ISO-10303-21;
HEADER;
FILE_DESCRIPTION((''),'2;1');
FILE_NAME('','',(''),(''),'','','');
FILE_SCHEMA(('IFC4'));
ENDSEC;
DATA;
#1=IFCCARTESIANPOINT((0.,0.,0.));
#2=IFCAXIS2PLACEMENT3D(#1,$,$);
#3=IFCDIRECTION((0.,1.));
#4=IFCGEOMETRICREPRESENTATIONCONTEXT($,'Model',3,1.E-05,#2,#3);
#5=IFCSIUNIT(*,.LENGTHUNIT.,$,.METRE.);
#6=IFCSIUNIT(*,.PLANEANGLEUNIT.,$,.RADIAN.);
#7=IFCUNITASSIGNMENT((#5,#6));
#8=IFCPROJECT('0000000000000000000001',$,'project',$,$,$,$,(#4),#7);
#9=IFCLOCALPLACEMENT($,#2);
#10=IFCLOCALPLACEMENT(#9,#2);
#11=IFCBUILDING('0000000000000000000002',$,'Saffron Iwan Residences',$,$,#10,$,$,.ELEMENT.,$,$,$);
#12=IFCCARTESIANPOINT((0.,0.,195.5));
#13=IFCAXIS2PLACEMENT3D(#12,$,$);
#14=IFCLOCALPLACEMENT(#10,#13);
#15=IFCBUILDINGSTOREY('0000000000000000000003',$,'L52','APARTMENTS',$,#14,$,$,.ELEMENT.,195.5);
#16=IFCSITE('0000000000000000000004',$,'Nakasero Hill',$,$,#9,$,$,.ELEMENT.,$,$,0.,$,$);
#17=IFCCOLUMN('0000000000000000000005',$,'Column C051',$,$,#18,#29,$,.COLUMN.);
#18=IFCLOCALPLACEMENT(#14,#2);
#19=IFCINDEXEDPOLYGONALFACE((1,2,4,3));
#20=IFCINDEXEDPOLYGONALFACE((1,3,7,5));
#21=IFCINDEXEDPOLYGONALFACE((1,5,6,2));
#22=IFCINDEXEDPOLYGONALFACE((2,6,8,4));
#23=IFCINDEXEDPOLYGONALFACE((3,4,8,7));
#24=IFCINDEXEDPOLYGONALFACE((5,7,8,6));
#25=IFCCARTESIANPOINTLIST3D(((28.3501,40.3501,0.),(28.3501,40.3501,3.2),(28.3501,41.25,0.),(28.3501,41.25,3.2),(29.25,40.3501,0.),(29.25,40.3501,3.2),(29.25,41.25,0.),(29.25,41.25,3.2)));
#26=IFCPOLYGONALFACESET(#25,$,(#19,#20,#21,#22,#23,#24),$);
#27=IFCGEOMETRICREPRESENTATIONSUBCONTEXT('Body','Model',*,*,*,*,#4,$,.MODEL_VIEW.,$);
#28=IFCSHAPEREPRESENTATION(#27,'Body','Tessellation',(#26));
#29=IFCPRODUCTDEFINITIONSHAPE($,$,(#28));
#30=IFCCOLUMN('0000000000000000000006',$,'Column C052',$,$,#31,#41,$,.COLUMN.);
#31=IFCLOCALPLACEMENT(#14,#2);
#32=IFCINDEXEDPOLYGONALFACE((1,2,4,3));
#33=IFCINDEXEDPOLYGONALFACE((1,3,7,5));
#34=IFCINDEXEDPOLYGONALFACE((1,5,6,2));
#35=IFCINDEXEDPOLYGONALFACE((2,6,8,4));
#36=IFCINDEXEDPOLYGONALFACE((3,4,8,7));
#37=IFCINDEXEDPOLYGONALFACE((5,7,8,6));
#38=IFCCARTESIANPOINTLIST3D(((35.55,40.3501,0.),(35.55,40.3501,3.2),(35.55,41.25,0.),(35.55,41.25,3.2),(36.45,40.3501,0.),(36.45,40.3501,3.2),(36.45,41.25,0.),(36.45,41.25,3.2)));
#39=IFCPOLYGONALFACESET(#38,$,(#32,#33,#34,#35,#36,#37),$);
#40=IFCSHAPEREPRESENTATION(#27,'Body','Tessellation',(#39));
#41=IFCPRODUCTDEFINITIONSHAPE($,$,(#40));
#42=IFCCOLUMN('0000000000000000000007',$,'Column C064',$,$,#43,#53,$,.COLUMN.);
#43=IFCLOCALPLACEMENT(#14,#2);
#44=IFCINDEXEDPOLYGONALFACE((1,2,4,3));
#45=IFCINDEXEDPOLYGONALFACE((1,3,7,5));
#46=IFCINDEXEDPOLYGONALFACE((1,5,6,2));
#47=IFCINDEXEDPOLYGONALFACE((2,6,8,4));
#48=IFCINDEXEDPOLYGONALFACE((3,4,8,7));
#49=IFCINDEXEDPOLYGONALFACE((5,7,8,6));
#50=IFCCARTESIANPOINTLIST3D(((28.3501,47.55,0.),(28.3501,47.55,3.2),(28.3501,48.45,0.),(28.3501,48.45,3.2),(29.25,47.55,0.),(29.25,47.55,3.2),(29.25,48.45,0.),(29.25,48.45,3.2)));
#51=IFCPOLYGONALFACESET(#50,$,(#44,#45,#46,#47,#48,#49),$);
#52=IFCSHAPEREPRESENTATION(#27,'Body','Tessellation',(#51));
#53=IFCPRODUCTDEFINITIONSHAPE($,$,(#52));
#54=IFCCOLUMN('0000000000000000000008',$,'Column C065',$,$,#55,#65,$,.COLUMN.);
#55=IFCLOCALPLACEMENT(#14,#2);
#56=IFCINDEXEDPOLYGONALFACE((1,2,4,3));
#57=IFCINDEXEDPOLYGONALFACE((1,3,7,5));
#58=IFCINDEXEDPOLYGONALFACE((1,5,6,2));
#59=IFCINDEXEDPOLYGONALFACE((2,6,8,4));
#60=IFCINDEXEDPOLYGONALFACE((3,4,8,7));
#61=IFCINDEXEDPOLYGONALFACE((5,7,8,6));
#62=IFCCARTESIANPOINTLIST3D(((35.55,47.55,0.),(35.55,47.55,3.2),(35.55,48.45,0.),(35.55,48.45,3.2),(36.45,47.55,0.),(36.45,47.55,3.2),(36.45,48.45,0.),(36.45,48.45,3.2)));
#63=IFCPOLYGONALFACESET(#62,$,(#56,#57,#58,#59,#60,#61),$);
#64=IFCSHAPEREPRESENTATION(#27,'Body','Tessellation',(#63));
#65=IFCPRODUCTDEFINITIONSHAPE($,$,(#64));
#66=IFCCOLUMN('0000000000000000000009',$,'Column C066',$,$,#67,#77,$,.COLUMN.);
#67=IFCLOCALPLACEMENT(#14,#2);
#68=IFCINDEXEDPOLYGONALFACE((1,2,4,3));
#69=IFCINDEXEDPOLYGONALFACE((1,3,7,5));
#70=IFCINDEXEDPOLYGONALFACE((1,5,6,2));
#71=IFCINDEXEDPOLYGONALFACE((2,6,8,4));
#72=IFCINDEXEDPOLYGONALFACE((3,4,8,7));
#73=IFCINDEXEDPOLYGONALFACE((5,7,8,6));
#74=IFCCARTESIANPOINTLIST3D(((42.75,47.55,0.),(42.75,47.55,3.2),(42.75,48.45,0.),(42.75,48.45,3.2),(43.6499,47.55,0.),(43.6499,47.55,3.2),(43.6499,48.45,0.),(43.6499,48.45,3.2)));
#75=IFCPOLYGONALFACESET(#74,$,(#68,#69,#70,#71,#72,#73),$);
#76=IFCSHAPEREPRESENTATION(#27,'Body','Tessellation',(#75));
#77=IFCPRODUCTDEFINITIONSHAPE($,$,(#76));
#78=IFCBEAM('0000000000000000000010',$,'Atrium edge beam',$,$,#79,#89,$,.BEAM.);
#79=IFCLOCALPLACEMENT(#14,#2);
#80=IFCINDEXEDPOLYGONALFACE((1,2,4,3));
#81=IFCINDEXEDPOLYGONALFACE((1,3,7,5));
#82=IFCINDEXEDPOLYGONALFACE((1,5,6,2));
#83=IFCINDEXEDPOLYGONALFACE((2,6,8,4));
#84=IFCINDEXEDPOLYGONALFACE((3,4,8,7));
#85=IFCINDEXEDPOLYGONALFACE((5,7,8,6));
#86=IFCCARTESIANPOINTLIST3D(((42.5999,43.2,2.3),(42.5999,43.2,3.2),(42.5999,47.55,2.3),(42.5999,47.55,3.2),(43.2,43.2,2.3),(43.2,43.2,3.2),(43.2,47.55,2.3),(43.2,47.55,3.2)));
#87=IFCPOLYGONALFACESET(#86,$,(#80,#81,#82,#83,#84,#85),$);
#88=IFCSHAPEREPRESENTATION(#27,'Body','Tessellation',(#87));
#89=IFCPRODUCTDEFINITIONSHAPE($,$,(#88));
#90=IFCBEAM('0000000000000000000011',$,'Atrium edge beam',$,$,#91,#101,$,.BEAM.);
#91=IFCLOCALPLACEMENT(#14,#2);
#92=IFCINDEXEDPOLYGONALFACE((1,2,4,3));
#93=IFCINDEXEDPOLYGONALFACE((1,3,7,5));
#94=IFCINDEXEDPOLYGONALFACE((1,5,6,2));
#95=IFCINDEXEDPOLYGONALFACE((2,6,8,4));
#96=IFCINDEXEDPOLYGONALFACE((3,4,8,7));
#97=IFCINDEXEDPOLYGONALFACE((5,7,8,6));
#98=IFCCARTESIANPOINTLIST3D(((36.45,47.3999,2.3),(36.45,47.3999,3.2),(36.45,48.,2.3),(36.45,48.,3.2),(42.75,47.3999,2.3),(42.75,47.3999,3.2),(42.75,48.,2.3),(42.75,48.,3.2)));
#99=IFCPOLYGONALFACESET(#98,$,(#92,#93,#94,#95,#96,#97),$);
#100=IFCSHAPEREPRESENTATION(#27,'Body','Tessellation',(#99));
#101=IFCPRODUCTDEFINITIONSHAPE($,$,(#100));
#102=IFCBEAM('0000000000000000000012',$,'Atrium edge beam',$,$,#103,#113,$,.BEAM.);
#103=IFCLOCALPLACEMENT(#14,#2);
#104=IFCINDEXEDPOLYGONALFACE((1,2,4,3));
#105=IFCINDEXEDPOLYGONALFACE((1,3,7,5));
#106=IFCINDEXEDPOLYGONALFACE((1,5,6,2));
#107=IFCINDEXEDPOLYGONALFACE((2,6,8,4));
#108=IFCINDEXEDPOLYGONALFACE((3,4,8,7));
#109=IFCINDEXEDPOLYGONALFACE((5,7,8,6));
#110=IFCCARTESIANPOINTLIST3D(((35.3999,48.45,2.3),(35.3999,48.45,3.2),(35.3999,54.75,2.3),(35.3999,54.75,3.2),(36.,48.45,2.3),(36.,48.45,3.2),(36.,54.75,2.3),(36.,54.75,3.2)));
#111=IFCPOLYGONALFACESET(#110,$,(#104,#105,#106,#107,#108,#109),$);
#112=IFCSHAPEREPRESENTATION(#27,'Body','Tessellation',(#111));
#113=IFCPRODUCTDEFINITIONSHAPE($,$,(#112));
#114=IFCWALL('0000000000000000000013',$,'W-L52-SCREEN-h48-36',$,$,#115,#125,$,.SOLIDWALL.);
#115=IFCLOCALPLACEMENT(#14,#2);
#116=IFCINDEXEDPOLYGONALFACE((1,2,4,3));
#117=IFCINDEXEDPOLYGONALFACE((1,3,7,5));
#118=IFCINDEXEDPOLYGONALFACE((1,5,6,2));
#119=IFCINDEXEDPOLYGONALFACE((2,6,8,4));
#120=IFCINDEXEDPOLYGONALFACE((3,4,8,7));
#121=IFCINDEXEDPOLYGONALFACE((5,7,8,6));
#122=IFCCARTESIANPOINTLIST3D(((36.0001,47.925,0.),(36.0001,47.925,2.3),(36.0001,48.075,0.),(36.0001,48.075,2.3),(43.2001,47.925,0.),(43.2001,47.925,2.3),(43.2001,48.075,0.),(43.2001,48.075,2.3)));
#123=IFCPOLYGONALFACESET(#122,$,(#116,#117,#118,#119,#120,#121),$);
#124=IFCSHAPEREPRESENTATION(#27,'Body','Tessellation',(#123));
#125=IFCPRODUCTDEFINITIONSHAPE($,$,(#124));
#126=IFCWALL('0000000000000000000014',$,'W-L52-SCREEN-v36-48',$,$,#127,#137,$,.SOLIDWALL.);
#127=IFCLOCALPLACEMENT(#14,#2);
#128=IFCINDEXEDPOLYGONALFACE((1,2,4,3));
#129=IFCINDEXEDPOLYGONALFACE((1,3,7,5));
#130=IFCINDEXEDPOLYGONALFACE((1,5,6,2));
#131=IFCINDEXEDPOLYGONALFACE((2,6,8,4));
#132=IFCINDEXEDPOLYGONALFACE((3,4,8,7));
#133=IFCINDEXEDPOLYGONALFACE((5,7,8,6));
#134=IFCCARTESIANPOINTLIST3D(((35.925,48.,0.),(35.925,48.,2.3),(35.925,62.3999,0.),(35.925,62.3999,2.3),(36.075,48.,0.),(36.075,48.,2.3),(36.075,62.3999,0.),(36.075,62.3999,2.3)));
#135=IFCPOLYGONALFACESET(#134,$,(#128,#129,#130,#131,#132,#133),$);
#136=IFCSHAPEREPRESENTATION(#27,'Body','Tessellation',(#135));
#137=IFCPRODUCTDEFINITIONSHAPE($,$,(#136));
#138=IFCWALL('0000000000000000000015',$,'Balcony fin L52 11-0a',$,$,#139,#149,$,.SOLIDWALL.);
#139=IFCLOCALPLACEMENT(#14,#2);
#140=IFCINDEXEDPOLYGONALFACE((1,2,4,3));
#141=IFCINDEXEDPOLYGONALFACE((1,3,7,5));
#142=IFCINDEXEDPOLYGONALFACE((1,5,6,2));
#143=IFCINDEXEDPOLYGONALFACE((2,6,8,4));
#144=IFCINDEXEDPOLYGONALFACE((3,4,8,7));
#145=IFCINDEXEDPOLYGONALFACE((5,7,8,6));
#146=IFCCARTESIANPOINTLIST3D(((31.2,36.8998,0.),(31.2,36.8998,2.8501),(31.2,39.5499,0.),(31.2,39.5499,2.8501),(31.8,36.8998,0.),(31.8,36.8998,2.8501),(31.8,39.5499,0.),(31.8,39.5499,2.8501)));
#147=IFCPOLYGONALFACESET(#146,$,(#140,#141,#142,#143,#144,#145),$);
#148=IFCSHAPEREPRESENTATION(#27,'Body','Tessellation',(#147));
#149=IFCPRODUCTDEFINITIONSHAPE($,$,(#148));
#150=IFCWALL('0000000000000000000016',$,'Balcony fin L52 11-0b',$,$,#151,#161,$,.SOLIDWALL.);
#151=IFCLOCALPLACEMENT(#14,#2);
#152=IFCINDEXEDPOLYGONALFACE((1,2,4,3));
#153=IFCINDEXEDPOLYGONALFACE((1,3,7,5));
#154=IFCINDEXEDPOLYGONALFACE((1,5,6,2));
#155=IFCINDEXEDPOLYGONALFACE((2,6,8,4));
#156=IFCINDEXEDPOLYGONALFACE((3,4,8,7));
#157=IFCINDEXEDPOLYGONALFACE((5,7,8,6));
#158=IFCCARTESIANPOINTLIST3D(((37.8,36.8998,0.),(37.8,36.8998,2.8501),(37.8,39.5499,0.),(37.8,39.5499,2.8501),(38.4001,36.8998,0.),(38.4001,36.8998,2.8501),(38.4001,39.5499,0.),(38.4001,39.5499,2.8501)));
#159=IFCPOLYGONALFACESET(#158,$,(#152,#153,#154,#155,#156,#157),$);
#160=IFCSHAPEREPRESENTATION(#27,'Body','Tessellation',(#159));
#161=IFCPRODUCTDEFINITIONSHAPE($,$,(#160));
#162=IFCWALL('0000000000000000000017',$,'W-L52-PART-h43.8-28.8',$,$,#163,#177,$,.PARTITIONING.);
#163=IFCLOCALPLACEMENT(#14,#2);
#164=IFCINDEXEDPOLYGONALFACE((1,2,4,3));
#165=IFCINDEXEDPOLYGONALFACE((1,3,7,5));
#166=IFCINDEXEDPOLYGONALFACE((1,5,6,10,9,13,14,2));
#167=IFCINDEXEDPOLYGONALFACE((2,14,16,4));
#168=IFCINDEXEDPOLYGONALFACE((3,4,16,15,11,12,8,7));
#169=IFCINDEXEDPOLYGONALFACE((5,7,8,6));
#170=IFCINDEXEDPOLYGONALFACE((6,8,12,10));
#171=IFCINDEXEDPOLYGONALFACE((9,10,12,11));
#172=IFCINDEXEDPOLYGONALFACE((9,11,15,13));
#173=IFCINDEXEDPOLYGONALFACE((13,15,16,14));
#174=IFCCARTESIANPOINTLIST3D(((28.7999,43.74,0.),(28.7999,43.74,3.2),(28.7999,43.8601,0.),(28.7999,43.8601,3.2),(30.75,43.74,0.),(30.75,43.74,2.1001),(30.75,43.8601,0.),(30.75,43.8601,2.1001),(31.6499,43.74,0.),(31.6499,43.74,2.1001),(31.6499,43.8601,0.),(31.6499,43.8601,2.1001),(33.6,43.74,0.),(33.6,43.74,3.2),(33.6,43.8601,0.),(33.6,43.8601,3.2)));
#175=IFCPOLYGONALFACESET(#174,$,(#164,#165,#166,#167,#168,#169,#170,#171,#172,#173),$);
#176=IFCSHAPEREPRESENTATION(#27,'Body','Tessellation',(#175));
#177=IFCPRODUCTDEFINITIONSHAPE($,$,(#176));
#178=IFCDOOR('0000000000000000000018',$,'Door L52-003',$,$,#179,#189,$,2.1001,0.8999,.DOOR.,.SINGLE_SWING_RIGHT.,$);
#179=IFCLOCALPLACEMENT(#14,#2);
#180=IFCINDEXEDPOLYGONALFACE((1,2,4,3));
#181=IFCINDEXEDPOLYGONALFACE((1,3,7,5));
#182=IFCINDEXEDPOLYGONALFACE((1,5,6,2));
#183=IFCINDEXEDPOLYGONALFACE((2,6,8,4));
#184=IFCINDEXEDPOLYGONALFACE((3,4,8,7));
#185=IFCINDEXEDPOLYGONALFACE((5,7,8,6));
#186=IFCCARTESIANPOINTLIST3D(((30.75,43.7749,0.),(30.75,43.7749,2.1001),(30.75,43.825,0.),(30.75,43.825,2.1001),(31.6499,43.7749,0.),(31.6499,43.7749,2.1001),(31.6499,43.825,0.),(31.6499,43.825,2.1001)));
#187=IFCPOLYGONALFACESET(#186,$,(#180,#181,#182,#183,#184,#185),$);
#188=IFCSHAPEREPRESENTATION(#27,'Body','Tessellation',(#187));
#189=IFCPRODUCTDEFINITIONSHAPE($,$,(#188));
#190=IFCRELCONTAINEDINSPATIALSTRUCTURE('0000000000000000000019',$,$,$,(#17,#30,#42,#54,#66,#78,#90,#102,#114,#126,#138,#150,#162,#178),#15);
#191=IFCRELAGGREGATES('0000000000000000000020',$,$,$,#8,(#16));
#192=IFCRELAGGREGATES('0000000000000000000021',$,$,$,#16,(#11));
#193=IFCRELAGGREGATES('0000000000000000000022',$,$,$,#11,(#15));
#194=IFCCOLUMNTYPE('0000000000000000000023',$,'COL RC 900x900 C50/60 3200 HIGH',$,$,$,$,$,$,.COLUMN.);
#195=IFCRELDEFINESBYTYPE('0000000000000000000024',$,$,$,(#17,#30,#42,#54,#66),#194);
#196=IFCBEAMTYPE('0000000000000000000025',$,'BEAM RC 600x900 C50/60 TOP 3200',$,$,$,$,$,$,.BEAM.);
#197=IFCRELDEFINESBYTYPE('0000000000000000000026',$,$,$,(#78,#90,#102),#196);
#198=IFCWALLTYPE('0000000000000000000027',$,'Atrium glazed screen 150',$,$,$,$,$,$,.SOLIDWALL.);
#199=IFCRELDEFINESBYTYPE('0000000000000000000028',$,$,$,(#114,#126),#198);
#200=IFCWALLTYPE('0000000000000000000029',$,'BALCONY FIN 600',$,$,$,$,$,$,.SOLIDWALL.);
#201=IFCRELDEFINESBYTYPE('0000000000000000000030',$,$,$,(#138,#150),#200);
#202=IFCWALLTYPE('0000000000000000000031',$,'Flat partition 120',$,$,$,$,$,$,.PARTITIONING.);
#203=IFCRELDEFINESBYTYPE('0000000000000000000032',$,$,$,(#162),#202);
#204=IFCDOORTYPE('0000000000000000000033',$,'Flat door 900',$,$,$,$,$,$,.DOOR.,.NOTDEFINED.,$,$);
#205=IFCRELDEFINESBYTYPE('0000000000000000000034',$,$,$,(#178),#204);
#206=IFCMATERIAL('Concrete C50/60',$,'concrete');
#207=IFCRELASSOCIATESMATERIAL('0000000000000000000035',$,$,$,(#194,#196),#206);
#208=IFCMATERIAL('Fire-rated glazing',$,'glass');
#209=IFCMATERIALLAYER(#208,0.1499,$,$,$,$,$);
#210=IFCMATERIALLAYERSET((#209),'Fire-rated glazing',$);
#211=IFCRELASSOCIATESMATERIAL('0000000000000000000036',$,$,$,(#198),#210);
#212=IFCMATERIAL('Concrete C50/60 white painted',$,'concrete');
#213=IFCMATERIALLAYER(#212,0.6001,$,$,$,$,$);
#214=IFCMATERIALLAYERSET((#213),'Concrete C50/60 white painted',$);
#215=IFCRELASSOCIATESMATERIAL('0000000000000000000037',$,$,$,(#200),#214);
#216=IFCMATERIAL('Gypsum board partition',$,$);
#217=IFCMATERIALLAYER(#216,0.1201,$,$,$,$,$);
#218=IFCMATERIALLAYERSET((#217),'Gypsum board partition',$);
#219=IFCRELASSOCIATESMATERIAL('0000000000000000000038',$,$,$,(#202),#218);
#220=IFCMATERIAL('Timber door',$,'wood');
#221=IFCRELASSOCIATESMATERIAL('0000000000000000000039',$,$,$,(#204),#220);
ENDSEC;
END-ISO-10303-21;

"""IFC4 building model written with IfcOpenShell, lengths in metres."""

from ifc_helpers import new_model, si_unit, direction, frame, frame_2d, origin, origin_2d, place, context, subcontext, project, spatial, rectangle, extrude, source, transform, mapped, material, layer, layer_set, material_profile, profile_set, type_object, element, fill, save


model = new_model("IFC4")

# Units and contexts
model_context = context("Model", 3, precision=1e-05, world=origin(), true_north=direction((0.0, 1.0)))
body_context = subcontext(model_context, "Body", "Model", "MODEL_VIEW")
ifc_project = project(units=[si_unit("LENGTHUNIT", "METRE"), si_unit("PLANEANGLEUNIT", "RADIAN")], contexts=[model_context])

# Site, building, storey
site_placement = place(None, origin())
site = spatial("IfcSite", under=ifc_project, at=site_placement, Name="Nakasero Hill", CompositionType="ELEMENT", RefElevation=0.0)
building_placement = place(site_placement, origin())
building = spatial("IfcBuilding", under=site, at=building_placement, Name="Saffron Iwan Residences", CompositionType="ELEMENT")
storey_placement = place(building_placement, frame((0.0, 0.0, 195.5)))
storey = spatial("IfcBuildingStorey", under=building, at=storey_placement, Name="L52", Description="APARTMENTS", CompositionType="ELEMENT", Elevation=195.5)

# Columns
ifc_material_1 = material(Name="Concrete C50/60", Category="concrete")
ifc_material_profile_1 = material_profile(ifc_material_1, rectangle(XDim=0.8999, YDim=0.8999, at=origin_2d()), Name="RC 900x900")
ifc_profile_set_1 = profile_set([ifc_material_profile_1], Name="Concrete C50/60")
column_type = type_object("IfcColumnType", Name="COL RC 900x900 C50/60 3200 HIGH", PredefinedType="COLUMN", material=ifc_profile_set_1)
shared_shape_1 = source(origin(), body_context, "Body", "SweptSolid", [
    extrude(rectangle(XDim=0.8999, YDim=0.8999, at=origin_2d()), origin(), (0.0, 0.0, 1.0), 3.2),
])
for number, where, z_axis, x_axis, name in (
    (1, (28.8, 40.8, 0.0), (0.0, 0.0, 1.0), (1.0, 0.0, 0.0), "Column C051"),
    (2, (36.0, 40.8, 0.0), (0.0, 0.0, 1.0), (1.0, 0.0, 0.0), "Column C052"),
    (3, (28.8, 48.0, 0.0), (0.0, 0.0, 1.0), (1.0, 0.0, 0.0), "Column C064"),
    (4, (36.0, 48.0, 0.0), (0.0, 0.0, 1.0), (1.0, 0.0, 0.0), "Column C065"),
    (5, (43.2, 48.0, 0.0), (0.0, 0.0, 1.0), (1.0, 0.0, 0.0), "Column C066"),
):
    element("IfcColumn", number, at=place(storey_placement, frame(where, z_axis=z_axis, x_axis=x_axis)), inside=storey, type_object=column_type, Name=name, PredefinedType="COLUMN", context=body_context, shape_type="MappedRepresentation", body=[
        mapped(shared_shape_1, transform((0.0, 0.0, 0.0))),
    ])

# Beams
ifc_material_profile_2 = material_profile(ifc_material_1, rectangle(XDim=0.6001, YDim=0.8999, at=origin_2d()), Name="RC 600x900")
ifc_profile_set_2 = profile_set([ifc_material_profile_2], Name="Concrete C50/60")
beam_type = type_object("IfcBeamType", Name="BEAM RC 600x900 C50/60 TOP 3200", PredefinedType="BEAM", material=ifc_profile_set_2)
shared_shape_2 = source(origin(), body_context, "Body", "SweptSolid", [
    extrude(rectangle(XDim=0.6001, YDim=0.8999, at=origin_2d()), origin(), (0.0, 0.0, 1.0), 4.3501),
])
beam_placement = place(storey_placement, frame((42.8999, 43.2, 2.75), z_axis=(0.0, 1.0, 0.0), x_axis=(-1.0, 0.0, 0.0)))
element("IfcBeam", 6, at=beam_placement, inside=storey, type_object=beam_type, Name="Atrium edge beam", PredefinedType="BEAM", context=body_context, shape_type="MappedRepresentation", body=[
    mapped(shared_shape_2, transform((0.0, 0.0, 0.0))),
])
shared_shape_3 = source(origin(), body_context, "Body", "SweptSolid", [
    extrude(rectangle(XDim=0.6001, YDim=0.8999, at=origin_2d()), origin(), (0.0, 0.0, 1.0), 6.3),
])
for number, where, z_axis, x_axis, name in (
    (7, (42.75, 47.7, 2.75), (-1.0, 0.0, 0.0), (0.0, -1.0, 0.0), "Atrium edge beam"),
    (8, (35.7, 48.45, 2.75), (0.0, 1.0, 0.0), (-1.0, 0.0, 0.0), "Atrium edge beam"),
):
    element("IfcBeam", number, at=place(storey_placement, frame(where, z_axis=z_axis, x_axis=x_axis)), inside=storey, type_object=beam_type, Name=name, PredefinedType="BEAM", context=body_context, shape_type="MappedRepresentation", body=[
        mapped(shared_shape_3, transform((0.0, 0.0, 0.0))),
    ])

# Walls
ifc_material_2 = material(Name="Fire-rated glazing", Category="glass")
ifc_layer_1 = layer(ifc_material_2, 0.1499)
ifc_layer_set_1 = layer_set([ifc_layer_1], Name="Fire-rated glazing")
wall_type_1 = type_object("IfcWallType", Name="Atrium glazed screen 150", PredefinedType="SOLIDWALL", material=ifc_layer_set_1)
wall_1_placement = place(storey_placement, frame((36.0, 48.0, 0.0), z_axis=(0.0, 0.0, 1.0), x_axis=(1.0, 0.0, 0.0)))
element("IfcWall", 9, at=wall_1_placement, inside=storey, type_object=wall_type_1, Name="W-L52-SCREEN-h48-36", PredefinedType="SOLIDWALL", context=body_context, shape_type="SweptSolid", body=[
    extrude(rectangle(XDim=7.2, YDim=0.1499, at=frame_2d((3.6001, 0.0))), origin(), (0.0, 0.0, 1.0), 2.3),
])
wall_2_placement = place(storey_placement, frame((36.0, 48.0, 0.0), z_axis=(0.0, 0.0, 1.0), x_axis=(0.0, 1.0, 0.0)))
element("IfcWall", 10, at=wall_2_placement, inside=storey, type_object=wall_type_1, Name="W-L52-SCREEN-v36-48", PredefinedType="SOLIDWALL", context=body_context, shape_type="SweptSolid", body=[
    extrude(rectangle(XDim=14.3999, YDim=0.1499, at=frame_2d((7.2, 0.0))), origin(), (0.0, 0.0, 1.0), 2.3),
])
ifc_material_3 = material(Name="Concrete C50/60 white painted", Category="concrete")
ifc_layer_2 = layer(ifc_material_3, 0.6001)
ifc_layer_set_2 = layer_set([ifc_layer_2], Name="Concrete C50/60 white painted")
wall_type_2 = type_object("IfcWallType", Name="BALCONY FIN 600", PredefinedType="SOLIDWALL", material=ifc_layer_set_2)
for number, where, z_axis, x_axis, name in (
    (11, (31.5, 39.55, 0.0), (0.0, 0.0, 1.0), (0.0, -1.0, 0.0), "Balcony fin L52 11-0a"),
    (12, (38.1001, 39.55, 0.0), (0.0, 0.0, 1.0), (0.0, -1.0, 0.0), "Balcony fin L52 11-0b"),
):
    element("IfcWall", number, at=place(storey_placement, frame(where, z_axis=z_axis, x_axis=x_axis)), inside=storey, type_object=wall_type_2, Name=name, PredefinedType="SOLIDWALL", context=body_context, shape_type="SweptSolid", body=[
        extrude(rectangle(XDim=2.6501, YDim=0.6001, at=frame_2d((1.3252, 0.0))), origin(), (0.0, 0.0, 1.0), 2.8501),
    ])

# Wall, opening, door
ifc_material_4 = material(Name="Gypsum board partition")
ifc_layer_3 = layer(ifc_material_4, 0.1201)
ifc_layer_set_3 = layer_set([ifc_layer_3], Name="Gypsum board partition")
wall_type_3 = type_object("IfcWallType", Name="Flat partition 120", PredefinedType="PARTITIONING", material=ifc_layer_set_3)
wall_3_placement = place(storey_placement, frame((28.8, 43.8, 0.0), z_axis=(0.0, 0.0, 1.0), x_axis=(1.0, 0.0, 0.0)))
wall_3 = element("IfcWall", 13, at=wall_3_placement, inside=storey, type_object=wall_type_3, Name="W-L52-PART-h43.8-28.8", PredefinedType="PARTITIONING", context=body_context, shape_type="SweptSolid", body=[
    extrude(rectangle(XDim=4.8, YDim=0.1201, at=frame_2d((2.3999, 0.0))), origin(), (0.0, 0.0, 1.0), 3.2),
])
opening_1_placement = place(wall_3_placement, frame((1.95, 0.0, 0.0)))
opening_1 = element("IfcOpeningElement", 14, at=opening_1_placement, cuts=wall_3, PredefinedType="OPENING", context=body_context, shape_type="SweptSolid", body=[
    extrude(rectangle(XDim=0.8999, YDim=2.1001, at=frame_2d((0.45, 1.05))), frame((0.0, 0.0701, 0.0), z_axis=(0.0, -1.0, 0.0), x_axis=(1.0, 0.0, 0.0)), (0.0, 0.0, 1.0), 0.1401),
])
ifc_material_5 = material(Name="Timber door", Category="wood")
door_type_1 = type_object("IfcDoorType", Name="Flat door 900", OperationType="NOTDEFINED", PredefinedType="DOOR", material=ifc_material_5)
door_1_placement = place(opening_1_placement, origin())
door_1 = element("IfcDoor", 15, at=door_1_placement, inside=storey, type_object=door_type_1, Name="Door L52-003", OperationType="SINGLE_SWING_RIGHT", OverallHeight=2.1001, OverallWidth=0.8999, PredefinedType="DOOR", context=body_context, shape_type="SweptSolid", body=[
    extrude(rectangle(XDim=0.8999, YDim=2.1001, at=frame_2d((0.45, 1.05))), frame((0.0, 0.0249, 0.0), z_axis=(0.0, -1.0, 0.0), x_axis=(1.0, 0.0, 0.0)), (0.0, 0.0, 1.0), 0.05),
])
fill(opening_1, door_1)

save(model, "model.ifc")
